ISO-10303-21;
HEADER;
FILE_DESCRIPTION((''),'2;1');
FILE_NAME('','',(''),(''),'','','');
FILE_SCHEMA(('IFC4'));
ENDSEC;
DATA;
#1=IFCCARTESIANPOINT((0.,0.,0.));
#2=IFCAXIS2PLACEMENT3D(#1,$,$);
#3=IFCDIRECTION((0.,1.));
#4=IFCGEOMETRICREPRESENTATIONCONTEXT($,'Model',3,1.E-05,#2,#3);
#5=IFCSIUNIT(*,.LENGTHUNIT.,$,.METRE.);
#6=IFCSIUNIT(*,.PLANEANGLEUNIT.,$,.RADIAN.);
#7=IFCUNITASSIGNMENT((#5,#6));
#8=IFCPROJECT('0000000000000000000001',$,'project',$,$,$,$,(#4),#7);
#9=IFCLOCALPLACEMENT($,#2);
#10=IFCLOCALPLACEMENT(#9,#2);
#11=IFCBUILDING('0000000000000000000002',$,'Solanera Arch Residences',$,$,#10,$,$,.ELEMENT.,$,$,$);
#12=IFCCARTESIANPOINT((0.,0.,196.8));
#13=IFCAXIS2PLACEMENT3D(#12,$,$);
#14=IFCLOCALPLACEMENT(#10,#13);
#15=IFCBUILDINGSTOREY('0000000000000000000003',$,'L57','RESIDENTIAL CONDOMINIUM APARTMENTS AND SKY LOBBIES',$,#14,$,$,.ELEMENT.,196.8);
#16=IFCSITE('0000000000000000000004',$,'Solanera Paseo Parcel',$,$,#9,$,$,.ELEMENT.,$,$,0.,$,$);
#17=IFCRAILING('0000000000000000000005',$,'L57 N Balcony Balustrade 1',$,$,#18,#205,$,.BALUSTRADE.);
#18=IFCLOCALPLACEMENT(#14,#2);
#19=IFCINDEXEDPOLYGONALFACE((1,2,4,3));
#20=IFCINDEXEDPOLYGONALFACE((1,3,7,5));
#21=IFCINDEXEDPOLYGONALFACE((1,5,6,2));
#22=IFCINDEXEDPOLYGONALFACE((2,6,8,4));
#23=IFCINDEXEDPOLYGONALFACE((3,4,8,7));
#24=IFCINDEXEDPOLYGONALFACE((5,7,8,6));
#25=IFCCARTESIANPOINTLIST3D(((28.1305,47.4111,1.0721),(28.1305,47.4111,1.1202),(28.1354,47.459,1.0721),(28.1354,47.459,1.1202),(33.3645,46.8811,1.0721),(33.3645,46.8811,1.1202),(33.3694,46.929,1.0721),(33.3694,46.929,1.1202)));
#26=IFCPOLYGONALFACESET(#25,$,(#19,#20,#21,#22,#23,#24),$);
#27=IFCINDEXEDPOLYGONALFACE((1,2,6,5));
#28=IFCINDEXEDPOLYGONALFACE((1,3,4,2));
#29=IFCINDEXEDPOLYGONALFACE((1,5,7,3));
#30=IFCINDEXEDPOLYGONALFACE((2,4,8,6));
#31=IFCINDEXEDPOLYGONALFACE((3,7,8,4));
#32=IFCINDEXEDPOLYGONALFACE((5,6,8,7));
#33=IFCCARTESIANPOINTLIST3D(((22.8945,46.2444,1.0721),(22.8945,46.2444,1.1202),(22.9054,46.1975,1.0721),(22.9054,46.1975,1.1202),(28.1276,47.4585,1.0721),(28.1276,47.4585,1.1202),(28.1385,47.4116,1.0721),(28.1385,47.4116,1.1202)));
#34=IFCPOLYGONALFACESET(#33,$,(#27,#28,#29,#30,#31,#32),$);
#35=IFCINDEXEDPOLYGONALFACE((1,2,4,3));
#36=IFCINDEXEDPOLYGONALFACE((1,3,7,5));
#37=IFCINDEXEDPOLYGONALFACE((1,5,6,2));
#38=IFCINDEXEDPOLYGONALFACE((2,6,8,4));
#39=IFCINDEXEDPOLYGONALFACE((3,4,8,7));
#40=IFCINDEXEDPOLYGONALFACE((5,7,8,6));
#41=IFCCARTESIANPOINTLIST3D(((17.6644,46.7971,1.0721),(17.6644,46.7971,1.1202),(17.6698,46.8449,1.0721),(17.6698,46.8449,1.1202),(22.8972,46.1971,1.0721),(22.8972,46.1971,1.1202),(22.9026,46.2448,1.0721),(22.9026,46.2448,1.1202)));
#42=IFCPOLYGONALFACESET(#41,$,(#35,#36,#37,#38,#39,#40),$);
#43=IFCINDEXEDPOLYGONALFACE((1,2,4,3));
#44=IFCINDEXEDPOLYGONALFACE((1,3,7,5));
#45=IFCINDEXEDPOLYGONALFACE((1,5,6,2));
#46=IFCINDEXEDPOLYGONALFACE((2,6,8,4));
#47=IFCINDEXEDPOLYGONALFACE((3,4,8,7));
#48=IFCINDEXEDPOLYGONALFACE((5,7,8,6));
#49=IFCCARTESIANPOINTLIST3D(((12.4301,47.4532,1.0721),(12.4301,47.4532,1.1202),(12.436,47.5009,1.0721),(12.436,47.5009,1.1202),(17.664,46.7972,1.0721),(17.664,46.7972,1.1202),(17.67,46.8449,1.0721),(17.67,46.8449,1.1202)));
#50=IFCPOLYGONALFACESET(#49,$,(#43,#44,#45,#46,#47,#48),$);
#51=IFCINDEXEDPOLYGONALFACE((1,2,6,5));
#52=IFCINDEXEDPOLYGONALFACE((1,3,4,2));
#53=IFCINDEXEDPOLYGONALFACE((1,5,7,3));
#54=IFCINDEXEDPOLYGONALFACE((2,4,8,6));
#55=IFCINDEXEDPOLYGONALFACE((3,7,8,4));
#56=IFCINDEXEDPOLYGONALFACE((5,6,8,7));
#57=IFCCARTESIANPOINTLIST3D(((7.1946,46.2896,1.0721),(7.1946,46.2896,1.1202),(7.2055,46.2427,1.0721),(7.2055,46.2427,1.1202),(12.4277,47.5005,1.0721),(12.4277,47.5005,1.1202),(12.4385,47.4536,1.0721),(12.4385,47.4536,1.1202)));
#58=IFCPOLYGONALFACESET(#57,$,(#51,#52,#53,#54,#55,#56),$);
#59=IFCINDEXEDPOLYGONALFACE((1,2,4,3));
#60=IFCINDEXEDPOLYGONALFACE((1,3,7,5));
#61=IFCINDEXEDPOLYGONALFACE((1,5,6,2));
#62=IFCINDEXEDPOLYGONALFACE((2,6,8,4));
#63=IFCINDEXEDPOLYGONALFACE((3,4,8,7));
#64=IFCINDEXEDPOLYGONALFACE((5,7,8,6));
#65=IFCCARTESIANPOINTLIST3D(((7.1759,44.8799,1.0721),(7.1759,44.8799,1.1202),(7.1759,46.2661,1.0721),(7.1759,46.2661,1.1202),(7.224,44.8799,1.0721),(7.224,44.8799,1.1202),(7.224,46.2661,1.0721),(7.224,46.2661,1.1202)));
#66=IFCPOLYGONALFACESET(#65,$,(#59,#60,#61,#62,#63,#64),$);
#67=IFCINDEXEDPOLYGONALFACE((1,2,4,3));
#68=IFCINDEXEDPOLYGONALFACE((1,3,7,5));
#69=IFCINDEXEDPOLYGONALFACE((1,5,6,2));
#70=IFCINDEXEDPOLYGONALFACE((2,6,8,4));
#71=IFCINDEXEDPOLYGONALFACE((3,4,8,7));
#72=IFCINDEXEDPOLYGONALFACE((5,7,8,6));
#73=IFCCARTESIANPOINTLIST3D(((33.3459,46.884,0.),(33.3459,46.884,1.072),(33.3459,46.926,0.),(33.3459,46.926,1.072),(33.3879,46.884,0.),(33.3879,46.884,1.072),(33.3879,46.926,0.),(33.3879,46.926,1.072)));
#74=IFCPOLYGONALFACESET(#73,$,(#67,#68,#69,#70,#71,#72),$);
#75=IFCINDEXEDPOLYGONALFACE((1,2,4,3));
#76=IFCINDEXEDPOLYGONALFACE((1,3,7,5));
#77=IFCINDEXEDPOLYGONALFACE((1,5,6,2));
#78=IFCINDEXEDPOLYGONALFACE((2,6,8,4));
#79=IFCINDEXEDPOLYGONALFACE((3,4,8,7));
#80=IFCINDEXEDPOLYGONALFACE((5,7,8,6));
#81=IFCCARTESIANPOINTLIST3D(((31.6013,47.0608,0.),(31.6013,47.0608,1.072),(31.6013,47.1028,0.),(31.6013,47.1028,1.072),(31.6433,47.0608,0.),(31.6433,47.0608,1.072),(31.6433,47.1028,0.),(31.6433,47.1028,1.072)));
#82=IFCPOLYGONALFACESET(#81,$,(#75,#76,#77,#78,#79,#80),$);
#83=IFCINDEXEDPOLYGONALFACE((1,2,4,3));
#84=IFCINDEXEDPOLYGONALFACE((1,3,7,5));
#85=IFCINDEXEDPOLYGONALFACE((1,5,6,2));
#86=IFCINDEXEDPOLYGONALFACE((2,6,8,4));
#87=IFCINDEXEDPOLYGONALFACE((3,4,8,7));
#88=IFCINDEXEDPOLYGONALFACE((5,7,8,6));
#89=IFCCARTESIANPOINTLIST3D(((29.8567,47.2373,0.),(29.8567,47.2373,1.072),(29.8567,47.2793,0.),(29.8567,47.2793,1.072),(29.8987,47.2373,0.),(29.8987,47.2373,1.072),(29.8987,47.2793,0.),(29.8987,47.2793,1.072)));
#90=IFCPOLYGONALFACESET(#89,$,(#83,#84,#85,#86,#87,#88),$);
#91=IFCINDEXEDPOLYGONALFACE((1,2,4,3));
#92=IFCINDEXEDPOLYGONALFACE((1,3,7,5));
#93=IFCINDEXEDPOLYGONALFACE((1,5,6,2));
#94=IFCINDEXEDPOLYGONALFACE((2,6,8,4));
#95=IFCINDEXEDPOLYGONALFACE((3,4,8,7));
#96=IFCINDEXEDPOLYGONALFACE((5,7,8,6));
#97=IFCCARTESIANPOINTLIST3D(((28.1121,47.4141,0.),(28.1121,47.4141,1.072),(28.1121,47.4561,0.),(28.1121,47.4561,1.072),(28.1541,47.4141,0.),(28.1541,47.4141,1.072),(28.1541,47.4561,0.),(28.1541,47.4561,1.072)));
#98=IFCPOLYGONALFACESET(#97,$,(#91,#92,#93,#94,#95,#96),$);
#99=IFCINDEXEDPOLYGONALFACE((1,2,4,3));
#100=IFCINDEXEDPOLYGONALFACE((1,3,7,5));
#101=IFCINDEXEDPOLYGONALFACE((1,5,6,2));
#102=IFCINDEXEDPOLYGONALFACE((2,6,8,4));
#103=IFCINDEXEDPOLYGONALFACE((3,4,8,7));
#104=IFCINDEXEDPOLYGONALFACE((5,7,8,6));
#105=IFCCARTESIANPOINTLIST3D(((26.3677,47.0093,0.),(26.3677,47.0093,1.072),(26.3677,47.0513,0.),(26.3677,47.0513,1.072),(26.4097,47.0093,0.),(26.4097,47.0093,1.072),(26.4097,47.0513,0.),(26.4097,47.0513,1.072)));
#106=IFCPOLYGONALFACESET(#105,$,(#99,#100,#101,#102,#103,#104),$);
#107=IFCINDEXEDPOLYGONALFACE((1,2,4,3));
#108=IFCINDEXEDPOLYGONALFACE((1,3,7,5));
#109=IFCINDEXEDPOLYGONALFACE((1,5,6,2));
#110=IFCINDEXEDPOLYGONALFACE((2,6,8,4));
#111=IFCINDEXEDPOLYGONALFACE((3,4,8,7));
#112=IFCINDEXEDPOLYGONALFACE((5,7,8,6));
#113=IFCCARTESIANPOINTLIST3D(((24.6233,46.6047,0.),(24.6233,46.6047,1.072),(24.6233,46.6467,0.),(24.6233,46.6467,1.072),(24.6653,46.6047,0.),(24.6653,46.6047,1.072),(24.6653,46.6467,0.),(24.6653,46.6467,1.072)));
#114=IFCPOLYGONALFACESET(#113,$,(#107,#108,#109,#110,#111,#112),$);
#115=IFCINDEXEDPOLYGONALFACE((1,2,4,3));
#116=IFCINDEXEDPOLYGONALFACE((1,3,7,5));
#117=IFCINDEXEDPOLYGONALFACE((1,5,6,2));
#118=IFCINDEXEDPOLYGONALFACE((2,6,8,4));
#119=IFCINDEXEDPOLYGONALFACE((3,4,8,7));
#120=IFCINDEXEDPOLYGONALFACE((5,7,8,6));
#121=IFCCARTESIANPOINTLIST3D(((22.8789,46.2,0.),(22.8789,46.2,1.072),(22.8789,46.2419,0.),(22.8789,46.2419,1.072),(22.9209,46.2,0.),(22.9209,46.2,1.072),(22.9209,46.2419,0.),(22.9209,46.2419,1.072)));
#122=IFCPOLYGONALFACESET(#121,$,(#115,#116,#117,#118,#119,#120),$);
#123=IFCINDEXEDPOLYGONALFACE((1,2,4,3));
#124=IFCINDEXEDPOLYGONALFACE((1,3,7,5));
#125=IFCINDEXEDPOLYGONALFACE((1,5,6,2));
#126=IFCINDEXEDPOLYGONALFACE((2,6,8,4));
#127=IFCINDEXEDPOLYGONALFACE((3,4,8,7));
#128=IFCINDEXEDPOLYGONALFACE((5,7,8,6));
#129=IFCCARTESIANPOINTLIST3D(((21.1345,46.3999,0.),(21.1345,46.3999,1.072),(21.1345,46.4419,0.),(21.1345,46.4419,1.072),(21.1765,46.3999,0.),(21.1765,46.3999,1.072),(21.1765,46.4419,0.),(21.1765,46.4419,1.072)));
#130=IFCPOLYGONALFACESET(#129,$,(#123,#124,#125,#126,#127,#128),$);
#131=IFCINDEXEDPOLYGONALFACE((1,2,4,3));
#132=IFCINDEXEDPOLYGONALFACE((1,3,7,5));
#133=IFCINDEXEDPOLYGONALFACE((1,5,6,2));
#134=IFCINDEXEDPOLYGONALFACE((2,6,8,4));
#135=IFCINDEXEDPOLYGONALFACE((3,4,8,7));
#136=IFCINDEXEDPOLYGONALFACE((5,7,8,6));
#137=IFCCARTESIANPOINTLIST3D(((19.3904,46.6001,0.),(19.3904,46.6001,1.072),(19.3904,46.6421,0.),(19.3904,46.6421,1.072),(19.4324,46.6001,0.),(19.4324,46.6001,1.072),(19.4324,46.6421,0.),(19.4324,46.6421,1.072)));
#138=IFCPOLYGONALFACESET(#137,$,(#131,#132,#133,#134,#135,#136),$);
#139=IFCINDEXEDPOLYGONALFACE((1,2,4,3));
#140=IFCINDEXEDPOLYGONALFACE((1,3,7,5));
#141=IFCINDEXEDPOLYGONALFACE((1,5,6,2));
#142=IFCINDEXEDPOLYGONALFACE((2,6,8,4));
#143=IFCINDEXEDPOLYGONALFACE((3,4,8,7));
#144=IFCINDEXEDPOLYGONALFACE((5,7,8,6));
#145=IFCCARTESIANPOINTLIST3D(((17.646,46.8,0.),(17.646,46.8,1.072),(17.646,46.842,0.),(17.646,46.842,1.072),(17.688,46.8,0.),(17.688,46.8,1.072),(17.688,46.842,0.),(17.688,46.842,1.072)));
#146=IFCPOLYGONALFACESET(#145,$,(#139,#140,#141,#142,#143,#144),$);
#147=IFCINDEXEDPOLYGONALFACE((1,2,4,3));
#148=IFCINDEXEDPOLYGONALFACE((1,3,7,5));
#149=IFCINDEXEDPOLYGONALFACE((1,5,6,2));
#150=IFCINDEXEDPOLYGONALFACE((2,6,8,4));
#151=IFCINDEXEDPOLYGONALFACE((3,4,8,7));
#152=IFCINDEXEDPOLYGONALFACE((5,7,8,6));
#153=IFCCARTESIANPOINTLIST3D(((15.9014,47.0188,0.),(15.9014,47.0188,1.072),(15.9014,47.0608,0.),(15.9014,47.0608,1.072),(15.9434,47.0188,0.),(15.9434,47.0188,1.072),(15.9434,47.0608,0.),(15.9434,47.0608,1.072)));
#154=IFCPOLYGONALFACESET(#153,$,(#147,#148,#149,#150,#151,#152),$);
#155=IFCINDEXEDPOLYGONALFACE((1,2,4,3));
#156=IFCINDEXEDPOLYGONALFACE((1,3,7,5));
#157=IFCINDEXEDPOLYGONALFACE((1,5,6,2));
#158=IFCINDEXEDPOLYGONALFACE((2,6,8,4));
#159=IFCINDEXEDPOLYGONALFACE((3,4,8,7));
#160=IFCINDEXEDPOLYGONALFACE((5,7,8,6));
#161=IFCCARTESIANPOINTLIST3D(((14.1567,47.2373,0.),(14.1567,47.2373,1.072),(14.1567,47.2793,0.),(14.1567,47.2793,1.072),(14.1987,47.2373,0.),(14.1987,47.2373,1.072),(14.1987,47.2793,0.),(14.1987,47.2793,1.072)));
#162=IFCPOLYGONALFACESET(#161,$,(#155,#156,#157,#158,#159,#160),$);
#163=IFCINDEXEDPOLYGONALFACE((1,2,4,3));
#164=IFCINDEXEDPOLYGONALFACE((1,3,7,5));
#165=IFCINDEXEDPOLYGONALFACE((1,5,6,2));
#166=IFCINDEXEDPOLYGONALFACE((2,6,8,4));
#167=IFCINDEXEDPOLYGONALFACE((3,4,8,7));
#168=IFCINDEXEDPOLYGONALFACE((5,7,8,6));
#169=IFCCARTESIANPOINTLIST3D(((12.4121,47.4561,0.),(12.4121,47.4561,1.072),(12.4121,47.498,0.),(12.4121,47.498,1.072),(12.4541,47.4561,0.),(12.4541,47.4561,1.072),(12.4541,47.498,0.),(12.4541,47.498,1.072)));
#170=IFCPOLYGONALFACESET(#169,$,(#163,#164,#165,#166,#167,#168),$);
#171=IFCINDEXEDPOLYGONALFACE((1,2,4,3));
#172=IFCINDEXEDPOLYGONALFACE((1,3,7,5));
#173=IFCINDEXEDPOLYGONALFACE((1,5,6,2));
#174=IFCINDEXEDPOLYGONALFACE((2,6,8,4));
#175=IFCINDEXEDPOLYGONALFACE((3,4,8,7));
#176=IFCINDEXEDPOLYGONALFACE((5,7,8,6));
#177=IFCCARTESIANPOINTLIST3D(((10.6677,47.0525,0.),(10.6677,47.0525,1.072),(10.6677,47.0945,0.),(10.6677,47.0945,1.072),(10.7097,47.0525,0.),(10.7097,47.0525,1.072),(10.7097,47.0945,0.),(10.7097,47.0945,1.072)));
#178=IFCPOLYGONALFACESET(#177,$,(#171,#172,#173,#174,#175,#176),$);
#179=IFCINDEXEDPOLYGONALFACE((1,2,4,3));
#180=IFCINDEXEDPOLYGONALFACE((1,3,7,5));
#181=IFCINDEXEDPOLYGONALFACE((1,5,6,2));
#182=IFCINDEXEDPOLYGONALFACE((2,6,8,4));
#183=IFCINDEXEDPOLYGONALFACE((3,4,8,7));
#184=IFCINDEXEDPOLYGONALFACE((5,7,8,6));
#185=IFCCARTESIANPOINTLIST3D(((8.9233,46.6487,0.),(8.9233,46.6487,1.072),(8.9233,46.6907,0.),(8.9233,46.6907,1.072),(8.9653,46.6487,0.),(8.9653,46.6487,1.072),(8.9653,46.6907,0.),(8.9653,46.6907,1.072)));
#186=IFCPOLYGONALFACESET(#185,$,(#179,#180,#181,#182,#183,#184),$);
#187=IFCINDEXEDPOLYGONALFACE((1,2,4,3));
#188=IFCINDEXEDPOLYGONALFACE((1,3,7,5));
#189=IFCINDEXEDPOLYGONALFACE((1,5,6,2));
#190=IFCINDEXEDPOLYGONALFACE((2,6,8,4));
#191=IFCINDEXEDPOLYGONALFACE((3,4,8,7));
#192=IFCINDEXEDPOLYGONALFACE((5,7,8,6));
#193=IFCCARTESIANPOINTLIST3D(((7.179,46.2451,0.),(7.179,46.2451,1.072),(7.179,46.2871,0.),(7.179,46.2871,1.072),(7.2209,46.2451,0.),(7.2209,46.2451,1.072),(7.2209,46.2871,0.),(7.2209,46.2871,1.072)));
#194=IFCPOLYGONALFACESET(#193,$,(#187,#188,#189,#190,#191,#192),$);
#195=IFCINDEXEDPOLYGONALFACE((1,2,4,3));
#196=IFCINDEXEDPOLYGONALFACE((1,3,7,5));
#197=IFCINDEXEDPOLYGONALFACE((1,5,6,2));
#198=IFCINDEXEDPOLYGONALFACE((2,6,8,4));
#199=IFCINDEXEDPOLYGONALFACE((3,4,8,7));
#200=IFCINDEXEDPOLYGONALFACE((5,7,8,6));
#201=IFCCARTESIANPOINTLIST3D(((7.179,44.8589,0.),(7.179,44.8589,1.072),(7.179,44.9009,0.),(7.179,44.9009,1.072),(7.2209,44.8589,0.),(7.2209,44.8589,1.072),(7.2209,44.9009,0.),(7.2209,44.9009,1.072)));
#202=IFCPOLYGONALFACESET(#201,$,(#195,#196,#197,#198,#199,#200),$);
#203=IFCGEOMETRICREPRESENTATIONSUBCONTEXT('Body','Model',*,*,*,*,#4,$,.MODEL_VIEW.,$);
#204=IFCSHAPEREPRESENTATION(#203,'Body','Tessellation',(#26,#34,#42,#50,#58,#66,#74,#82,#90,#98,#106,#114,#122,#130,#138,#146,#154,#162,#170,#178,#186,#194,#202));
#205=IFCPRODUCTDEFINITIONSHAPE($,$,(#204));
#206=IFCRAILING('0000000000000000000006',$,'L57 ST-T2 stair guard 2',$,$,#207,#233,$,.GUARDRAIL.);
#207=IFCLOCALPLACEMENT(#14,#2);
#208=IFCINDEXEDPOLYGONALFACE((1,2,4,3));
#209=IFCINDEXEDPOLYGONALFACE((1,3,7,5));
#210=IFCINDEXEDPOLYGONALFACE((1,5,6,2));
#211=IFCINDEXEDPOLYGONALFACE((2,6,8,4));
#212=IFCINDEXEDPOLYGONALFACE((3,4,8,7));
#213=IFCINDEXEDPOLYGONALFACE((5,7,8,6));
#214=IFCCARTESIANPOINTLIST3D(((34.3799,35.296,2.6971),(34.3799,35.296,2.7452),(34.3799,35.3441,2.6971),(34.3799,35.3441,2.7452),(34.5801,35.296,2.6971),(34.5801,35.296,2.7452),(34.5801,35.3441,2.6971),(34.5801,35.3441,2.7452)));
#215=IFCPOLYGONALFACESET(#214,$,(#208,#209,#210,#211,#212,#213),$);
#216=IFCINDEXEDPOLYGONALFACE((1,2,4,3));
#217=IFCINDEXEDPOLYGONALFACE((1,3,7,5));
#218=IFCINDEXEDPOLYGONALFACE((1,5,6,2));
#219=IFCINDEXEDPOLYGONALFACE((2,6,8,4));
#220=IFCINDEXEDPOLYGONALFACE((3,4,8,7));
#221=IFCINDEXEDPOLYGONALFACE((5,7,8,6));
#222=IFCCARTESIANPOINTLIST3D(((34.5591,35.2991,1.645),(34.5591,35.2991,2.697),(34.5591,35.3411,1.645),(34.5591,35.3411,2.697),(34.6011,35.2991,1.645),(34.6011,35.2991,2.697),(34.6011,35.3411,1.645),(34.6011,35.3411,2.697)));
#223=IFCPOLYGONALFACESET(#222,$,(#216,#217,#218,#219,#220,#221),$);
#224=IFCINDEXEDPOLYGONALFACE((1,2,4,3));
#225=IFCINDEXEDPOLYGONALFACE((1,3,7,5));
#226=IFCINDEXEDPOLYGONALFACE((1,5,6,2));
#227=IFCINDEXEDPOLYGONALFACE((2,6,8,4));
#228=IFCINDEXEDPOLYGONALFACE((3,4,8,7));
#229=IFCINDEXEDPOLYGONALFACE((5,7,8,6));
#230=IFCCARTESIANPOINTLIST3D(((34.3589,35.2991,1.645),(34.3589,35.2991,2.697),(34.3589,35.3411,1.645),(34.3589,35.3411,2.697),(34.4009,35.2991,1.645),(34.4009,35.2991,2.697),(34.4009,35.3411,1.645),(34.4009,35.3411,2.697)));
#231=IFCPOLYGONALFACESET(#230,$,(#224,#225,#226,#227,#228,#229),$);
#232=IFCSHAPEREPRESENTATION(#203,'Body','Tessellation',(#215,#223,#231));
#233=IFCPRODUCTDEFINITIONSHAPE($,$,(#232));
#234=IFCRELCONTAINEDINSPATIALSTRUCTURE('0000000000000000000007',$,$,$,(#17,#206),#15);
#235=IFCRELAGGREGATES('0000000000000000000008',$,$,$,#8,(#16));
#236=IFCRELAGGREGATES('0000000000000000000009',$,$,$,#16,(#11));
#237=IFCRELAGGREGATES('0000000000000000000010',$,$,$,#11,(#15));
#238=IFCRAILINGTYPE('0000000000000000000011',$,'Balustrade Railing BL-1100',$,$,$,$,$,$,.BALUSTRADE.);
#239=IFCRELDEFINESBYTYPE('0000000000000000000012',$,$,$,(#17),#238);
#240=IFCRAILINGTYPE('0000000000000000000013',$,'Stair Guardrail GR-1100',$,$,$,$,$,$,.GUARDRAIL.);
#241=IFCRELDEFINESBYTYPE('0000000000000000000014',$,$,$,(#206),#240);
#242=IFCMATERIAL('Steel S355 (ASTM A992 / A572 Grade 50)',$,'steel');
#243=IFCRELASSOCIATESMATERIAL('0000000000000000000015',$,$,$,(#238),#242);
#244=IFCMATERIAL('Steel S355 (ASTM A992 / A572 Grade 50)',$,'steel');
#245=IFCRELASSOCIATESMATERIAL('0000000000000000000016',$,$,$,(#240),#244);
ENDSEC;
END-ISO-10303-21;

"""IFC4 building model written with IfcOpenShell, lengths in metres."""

from ifc_helpers import new_model, si_unit, direction, frame, origin, origin_2d, place, context, subcontext, project, spatial, rectangle, extrude, material, type_object, element, save


model = new_model("IFC4")

# Units and contexts
model_context = context("Model", 3, precision=1e-05, world=origin(), true_north=direction((0.0, 1.0)))
body_context = subcontext(model_context, "Body", "Model", "MODEL_VIEW")
ifc_project = project(units=[si_unit("LENGTHUNIT", "METRE"), si_unit("PLANEANGLEUNIT", "RADIAN")], contexts=[model_context])

# Site, building, storey
site_placement = place(None, origin())
site = spatial("IfcSite", under=ifc_project, at=site_placement, Name="Solanera Paseo Parcel", CompositionType="ELEMENT", RefElevation=0.0)
building_placement = place(site_placement, origin())
building = spatial("IfcBuilding", under=site, at=building_placement, Name="Solanera Arch Residences", CompositionType="ELEMENT")
storey_placement = place(building_placement, frame((0.0, 0.0, 196.8)))
storey = spatial("IfcBuildingStorey", under=building, at=storey_placement, Name="L57", Description="RESIDENTIAL CONDOMINIUM APARTMENTS AND SKY LOBBIES", CompositionType="ELEMENT", Elevation=196.8)

# Railings
ifc_material_1 = material(Name="Steel S355 (ASTM A992 / A572 Grade 50)", Category="steel")
railing_type_1 = type_object("IfcRailingType", Name="Balustrade Railing BL-1100", PredefinedType="BALUSTRADE", material=ifc_material_1)
railing_1_placement = place(storey_placement, frame((33.3669, 46.905, 0.0)))
element("IfcRailing", 1, at=railing_1_placement, inside=storey, type_object=railing_type_1, Name="L57 N Balcony Balustrade 1", PredefinedType="BALUSTRADE", context=body_context, shape_type="SweptSolid", body=[
    extrude(rectangle(XDim=0.0481, YDim=0.0481, at=origin_2d()), frame((0.0, 0.0, 1.0962), z_axis=(-0.994911, 0.100753, 0.0), x_axis=(-0.100753, -0.994911, 0.0)), (0.0, 0.0, 1.0), 5.2607),
    extrude(rectangle(XDim=0.0481, YDim=0.0481, at=origin_2d()), frame((-5.2339, 0.53, 1.0962), z_axis=(-0.974127, -0.226001, 0.0), x_axis=(0.226001, -0.974127, 0.0)), (0.0, 0.0, 1.0), 5.3721),
    extrude(rectangle(XDim=0.0481, YDim=0.0481, at=origin_2d()), frame((-10.467, -0.6841, 1.0962), z_axis=(-0.993489, 0.113931, 0.0), x_axis=(-0.113931, -0.993489, 0.0)), (0.0, 0.0, 1.0), 5.2671),
    extrude(rectangle(XDim=0.0481, YDim=0.0481, at=origin_2d()), frame((-15.7, -0.084, 1.0962), z_axis=(-0.992237, 0.124365, 0.0), x_axis=(-0.124365, -0.992237, 0.0)), (0.0, 0.0, 1.0), 5.2749),
    extrude(rectangle(XDim=0.0481, YDim=0.0481, at=origin_2d()), frame((-20.9338, 0.572, 1.0962), z_axis=(-0.974257, -0.22544, 0.0), x_axis=(0.22544, -0.974257, 0.0)), (0.0, 0.0, 1.0), 5.3713),
    extrude(rectangle(XDim=0.0481, YDim=0.0481, at=origin_2d()), frame((-26.167, -0.6389, 1.0962), z_axis=(0.0, -1.0, 0.0), x_axis=(1.0, 0.0, 0.0)), (0.0, 0.0, 1.0), 1.3862),
    extrude(rectangle(XDim=0.042, YDim=0.042, at=origin_2d()), origin(), (0.0, 0.0, 1.0), 1.072),
    extrude(rectangle(XDim=0.042, YDim=0.042, at=origin_2d()), frame((-1.7446, 0.1768, 0.0)), (0.0, 0.0, 1.0), 1.072),
    extrude(rectangle(XDim=0.042, YDim=0.042, at=origin_2d()), frame((-3.4893, 0.3533, 0.0)), (0.0, 0.0, 1.0), 1.072),
    extrude(rectangle(XDim=0.042, YDim=0.042, at=origin_2d()), frame((-5.2339, 0.53, 0.0)), (0.0, 0.0, 1.0), 1.072),
    extrude(rectangle(XDim=0.042, YDim=0.042, at=origin_2d()), frame((-6.9783, 0.1252, 0.0)), (0.0, 0.0, 1.0), 1.072),
    extrude(rectangle(XDim=0.042, YDim=0.042, at=origin_2d()), frame((-8.7227, -0.2793, 0.0)), (0.0, 0.0, 1.0), 1.072),
    extrude(rectangle(XDim=0.042, YDim=0.042, at=origin_2d()), frame((-10.467, -0.6841, 0.0)), (0.0, 0.0, 1.0), 1.072),
    extrude(rectangle(XDim=0.042, YDim=0.042, at=origin_2d()), frame((-12.2114, -0.4841, 0.0)), (0.0, 0.0, 1.0), 1.072),
    extrude(rectangle(XDim=0.042, YDim=0.042, at=origin_2d()), frame((-13.9556, -0.2839, 0.0)), (0.0, 0.0, 1.0), 1.072),
    extrude(rectangle(XDim=0.042, YDim=0.042, at=origin_2d()), frame((-15.7, -0.084, 0.0)), (0.0, 0.0, 1.0), 1.072),
    extrude(rectangle(XDim=0.042, YDim=0.042, at=origin_2d()), frame((-17.4446, 0.1348, 0.0)), (0.0, 0.0, 1.0), 1.072),
    extrude(rectangle(XDim=0.042, YDim=0.042, at=origin_2d()), frame((-19.1892, 0.3533, 0.0)), (0.0, 0.0, 1.0), 1.072),
    extrude(rectangle(XDim=0.042, YDim=0.042, at=origin_2d()), frame((-20.9338, 0.572, 0.0)), (0.0, 0.0, 1.0), 1.072),
    extrude(rectangle(XDim=0.042, YDim=0.042, at=origin_2d()), frame((-22.6782, 0.1685, 0.0)), (0.0, 0.0, 1.0), 1.072),
    extrude(rectangle(XDim=0.042, YDim=0.042, at=origin_2d()), frame((-24.4226, -0.2354, 0.0)), (0.0, 0.0, 1.0), 1.072),
    extrude(rectangle(XDim=0.042, YDim=0.042, at=origin_2d()), frame((-26.167, -0.6389, 0.0)), (0.0, 0.0, 1.0), 1.072),
    extrude(rectangle(XDim=0.042, YDim=0.042, at=origin_2d()), frame((-26.167, -2.0251, 0.0)), (0.0, 0.0, 1.0), 1.072),
])
ifc_material_2 = material(Name="Steel S355 (ASTM A992 / A572 Grade 50)", Category="steel")
railing_type_2 = type_object("IfcRailingType", Name="Stair Guardrail GR-1100", PredefinedType="GUARDRAIL", material=ifc_material_2)
railing_2_placement = place(storey_placement, frame((34.5801, 35.3201, 1.645)))
element("IfcRailing", 2, at=railing_2_placement, inside=storey, type_object=railing_type_2, Name="L57 ST-T2 stair guard 2", PredefinedType="GUARDRAIL", context=body_context, shape_type="SweptSolid", body=[
    extrude(rectangle(XDim=0.0481, YDim=0.0481, at=origin_2d()), frame((0.0, 0.0, 1.0762), z_axis=(-1.0, 0.0, 0.0), x_axis=(0.0, -1.0, 0.0)), (0.0, 0.0, 1.0), 0.2002),
    extrude(rectangle(XDim=0.042, YDim=0.042, at=origin_2d()), origin(), (0.0, 0.0, 1.0), 1.052),
    extrude(rectangle(XDim=0.042, YDim=0.042, at=origin_2d()), frame((-0.2002, 0.0, 0.0)), (0.0, 0.0, 1.0), 1.052),
])

save(model, "model.ifc")
